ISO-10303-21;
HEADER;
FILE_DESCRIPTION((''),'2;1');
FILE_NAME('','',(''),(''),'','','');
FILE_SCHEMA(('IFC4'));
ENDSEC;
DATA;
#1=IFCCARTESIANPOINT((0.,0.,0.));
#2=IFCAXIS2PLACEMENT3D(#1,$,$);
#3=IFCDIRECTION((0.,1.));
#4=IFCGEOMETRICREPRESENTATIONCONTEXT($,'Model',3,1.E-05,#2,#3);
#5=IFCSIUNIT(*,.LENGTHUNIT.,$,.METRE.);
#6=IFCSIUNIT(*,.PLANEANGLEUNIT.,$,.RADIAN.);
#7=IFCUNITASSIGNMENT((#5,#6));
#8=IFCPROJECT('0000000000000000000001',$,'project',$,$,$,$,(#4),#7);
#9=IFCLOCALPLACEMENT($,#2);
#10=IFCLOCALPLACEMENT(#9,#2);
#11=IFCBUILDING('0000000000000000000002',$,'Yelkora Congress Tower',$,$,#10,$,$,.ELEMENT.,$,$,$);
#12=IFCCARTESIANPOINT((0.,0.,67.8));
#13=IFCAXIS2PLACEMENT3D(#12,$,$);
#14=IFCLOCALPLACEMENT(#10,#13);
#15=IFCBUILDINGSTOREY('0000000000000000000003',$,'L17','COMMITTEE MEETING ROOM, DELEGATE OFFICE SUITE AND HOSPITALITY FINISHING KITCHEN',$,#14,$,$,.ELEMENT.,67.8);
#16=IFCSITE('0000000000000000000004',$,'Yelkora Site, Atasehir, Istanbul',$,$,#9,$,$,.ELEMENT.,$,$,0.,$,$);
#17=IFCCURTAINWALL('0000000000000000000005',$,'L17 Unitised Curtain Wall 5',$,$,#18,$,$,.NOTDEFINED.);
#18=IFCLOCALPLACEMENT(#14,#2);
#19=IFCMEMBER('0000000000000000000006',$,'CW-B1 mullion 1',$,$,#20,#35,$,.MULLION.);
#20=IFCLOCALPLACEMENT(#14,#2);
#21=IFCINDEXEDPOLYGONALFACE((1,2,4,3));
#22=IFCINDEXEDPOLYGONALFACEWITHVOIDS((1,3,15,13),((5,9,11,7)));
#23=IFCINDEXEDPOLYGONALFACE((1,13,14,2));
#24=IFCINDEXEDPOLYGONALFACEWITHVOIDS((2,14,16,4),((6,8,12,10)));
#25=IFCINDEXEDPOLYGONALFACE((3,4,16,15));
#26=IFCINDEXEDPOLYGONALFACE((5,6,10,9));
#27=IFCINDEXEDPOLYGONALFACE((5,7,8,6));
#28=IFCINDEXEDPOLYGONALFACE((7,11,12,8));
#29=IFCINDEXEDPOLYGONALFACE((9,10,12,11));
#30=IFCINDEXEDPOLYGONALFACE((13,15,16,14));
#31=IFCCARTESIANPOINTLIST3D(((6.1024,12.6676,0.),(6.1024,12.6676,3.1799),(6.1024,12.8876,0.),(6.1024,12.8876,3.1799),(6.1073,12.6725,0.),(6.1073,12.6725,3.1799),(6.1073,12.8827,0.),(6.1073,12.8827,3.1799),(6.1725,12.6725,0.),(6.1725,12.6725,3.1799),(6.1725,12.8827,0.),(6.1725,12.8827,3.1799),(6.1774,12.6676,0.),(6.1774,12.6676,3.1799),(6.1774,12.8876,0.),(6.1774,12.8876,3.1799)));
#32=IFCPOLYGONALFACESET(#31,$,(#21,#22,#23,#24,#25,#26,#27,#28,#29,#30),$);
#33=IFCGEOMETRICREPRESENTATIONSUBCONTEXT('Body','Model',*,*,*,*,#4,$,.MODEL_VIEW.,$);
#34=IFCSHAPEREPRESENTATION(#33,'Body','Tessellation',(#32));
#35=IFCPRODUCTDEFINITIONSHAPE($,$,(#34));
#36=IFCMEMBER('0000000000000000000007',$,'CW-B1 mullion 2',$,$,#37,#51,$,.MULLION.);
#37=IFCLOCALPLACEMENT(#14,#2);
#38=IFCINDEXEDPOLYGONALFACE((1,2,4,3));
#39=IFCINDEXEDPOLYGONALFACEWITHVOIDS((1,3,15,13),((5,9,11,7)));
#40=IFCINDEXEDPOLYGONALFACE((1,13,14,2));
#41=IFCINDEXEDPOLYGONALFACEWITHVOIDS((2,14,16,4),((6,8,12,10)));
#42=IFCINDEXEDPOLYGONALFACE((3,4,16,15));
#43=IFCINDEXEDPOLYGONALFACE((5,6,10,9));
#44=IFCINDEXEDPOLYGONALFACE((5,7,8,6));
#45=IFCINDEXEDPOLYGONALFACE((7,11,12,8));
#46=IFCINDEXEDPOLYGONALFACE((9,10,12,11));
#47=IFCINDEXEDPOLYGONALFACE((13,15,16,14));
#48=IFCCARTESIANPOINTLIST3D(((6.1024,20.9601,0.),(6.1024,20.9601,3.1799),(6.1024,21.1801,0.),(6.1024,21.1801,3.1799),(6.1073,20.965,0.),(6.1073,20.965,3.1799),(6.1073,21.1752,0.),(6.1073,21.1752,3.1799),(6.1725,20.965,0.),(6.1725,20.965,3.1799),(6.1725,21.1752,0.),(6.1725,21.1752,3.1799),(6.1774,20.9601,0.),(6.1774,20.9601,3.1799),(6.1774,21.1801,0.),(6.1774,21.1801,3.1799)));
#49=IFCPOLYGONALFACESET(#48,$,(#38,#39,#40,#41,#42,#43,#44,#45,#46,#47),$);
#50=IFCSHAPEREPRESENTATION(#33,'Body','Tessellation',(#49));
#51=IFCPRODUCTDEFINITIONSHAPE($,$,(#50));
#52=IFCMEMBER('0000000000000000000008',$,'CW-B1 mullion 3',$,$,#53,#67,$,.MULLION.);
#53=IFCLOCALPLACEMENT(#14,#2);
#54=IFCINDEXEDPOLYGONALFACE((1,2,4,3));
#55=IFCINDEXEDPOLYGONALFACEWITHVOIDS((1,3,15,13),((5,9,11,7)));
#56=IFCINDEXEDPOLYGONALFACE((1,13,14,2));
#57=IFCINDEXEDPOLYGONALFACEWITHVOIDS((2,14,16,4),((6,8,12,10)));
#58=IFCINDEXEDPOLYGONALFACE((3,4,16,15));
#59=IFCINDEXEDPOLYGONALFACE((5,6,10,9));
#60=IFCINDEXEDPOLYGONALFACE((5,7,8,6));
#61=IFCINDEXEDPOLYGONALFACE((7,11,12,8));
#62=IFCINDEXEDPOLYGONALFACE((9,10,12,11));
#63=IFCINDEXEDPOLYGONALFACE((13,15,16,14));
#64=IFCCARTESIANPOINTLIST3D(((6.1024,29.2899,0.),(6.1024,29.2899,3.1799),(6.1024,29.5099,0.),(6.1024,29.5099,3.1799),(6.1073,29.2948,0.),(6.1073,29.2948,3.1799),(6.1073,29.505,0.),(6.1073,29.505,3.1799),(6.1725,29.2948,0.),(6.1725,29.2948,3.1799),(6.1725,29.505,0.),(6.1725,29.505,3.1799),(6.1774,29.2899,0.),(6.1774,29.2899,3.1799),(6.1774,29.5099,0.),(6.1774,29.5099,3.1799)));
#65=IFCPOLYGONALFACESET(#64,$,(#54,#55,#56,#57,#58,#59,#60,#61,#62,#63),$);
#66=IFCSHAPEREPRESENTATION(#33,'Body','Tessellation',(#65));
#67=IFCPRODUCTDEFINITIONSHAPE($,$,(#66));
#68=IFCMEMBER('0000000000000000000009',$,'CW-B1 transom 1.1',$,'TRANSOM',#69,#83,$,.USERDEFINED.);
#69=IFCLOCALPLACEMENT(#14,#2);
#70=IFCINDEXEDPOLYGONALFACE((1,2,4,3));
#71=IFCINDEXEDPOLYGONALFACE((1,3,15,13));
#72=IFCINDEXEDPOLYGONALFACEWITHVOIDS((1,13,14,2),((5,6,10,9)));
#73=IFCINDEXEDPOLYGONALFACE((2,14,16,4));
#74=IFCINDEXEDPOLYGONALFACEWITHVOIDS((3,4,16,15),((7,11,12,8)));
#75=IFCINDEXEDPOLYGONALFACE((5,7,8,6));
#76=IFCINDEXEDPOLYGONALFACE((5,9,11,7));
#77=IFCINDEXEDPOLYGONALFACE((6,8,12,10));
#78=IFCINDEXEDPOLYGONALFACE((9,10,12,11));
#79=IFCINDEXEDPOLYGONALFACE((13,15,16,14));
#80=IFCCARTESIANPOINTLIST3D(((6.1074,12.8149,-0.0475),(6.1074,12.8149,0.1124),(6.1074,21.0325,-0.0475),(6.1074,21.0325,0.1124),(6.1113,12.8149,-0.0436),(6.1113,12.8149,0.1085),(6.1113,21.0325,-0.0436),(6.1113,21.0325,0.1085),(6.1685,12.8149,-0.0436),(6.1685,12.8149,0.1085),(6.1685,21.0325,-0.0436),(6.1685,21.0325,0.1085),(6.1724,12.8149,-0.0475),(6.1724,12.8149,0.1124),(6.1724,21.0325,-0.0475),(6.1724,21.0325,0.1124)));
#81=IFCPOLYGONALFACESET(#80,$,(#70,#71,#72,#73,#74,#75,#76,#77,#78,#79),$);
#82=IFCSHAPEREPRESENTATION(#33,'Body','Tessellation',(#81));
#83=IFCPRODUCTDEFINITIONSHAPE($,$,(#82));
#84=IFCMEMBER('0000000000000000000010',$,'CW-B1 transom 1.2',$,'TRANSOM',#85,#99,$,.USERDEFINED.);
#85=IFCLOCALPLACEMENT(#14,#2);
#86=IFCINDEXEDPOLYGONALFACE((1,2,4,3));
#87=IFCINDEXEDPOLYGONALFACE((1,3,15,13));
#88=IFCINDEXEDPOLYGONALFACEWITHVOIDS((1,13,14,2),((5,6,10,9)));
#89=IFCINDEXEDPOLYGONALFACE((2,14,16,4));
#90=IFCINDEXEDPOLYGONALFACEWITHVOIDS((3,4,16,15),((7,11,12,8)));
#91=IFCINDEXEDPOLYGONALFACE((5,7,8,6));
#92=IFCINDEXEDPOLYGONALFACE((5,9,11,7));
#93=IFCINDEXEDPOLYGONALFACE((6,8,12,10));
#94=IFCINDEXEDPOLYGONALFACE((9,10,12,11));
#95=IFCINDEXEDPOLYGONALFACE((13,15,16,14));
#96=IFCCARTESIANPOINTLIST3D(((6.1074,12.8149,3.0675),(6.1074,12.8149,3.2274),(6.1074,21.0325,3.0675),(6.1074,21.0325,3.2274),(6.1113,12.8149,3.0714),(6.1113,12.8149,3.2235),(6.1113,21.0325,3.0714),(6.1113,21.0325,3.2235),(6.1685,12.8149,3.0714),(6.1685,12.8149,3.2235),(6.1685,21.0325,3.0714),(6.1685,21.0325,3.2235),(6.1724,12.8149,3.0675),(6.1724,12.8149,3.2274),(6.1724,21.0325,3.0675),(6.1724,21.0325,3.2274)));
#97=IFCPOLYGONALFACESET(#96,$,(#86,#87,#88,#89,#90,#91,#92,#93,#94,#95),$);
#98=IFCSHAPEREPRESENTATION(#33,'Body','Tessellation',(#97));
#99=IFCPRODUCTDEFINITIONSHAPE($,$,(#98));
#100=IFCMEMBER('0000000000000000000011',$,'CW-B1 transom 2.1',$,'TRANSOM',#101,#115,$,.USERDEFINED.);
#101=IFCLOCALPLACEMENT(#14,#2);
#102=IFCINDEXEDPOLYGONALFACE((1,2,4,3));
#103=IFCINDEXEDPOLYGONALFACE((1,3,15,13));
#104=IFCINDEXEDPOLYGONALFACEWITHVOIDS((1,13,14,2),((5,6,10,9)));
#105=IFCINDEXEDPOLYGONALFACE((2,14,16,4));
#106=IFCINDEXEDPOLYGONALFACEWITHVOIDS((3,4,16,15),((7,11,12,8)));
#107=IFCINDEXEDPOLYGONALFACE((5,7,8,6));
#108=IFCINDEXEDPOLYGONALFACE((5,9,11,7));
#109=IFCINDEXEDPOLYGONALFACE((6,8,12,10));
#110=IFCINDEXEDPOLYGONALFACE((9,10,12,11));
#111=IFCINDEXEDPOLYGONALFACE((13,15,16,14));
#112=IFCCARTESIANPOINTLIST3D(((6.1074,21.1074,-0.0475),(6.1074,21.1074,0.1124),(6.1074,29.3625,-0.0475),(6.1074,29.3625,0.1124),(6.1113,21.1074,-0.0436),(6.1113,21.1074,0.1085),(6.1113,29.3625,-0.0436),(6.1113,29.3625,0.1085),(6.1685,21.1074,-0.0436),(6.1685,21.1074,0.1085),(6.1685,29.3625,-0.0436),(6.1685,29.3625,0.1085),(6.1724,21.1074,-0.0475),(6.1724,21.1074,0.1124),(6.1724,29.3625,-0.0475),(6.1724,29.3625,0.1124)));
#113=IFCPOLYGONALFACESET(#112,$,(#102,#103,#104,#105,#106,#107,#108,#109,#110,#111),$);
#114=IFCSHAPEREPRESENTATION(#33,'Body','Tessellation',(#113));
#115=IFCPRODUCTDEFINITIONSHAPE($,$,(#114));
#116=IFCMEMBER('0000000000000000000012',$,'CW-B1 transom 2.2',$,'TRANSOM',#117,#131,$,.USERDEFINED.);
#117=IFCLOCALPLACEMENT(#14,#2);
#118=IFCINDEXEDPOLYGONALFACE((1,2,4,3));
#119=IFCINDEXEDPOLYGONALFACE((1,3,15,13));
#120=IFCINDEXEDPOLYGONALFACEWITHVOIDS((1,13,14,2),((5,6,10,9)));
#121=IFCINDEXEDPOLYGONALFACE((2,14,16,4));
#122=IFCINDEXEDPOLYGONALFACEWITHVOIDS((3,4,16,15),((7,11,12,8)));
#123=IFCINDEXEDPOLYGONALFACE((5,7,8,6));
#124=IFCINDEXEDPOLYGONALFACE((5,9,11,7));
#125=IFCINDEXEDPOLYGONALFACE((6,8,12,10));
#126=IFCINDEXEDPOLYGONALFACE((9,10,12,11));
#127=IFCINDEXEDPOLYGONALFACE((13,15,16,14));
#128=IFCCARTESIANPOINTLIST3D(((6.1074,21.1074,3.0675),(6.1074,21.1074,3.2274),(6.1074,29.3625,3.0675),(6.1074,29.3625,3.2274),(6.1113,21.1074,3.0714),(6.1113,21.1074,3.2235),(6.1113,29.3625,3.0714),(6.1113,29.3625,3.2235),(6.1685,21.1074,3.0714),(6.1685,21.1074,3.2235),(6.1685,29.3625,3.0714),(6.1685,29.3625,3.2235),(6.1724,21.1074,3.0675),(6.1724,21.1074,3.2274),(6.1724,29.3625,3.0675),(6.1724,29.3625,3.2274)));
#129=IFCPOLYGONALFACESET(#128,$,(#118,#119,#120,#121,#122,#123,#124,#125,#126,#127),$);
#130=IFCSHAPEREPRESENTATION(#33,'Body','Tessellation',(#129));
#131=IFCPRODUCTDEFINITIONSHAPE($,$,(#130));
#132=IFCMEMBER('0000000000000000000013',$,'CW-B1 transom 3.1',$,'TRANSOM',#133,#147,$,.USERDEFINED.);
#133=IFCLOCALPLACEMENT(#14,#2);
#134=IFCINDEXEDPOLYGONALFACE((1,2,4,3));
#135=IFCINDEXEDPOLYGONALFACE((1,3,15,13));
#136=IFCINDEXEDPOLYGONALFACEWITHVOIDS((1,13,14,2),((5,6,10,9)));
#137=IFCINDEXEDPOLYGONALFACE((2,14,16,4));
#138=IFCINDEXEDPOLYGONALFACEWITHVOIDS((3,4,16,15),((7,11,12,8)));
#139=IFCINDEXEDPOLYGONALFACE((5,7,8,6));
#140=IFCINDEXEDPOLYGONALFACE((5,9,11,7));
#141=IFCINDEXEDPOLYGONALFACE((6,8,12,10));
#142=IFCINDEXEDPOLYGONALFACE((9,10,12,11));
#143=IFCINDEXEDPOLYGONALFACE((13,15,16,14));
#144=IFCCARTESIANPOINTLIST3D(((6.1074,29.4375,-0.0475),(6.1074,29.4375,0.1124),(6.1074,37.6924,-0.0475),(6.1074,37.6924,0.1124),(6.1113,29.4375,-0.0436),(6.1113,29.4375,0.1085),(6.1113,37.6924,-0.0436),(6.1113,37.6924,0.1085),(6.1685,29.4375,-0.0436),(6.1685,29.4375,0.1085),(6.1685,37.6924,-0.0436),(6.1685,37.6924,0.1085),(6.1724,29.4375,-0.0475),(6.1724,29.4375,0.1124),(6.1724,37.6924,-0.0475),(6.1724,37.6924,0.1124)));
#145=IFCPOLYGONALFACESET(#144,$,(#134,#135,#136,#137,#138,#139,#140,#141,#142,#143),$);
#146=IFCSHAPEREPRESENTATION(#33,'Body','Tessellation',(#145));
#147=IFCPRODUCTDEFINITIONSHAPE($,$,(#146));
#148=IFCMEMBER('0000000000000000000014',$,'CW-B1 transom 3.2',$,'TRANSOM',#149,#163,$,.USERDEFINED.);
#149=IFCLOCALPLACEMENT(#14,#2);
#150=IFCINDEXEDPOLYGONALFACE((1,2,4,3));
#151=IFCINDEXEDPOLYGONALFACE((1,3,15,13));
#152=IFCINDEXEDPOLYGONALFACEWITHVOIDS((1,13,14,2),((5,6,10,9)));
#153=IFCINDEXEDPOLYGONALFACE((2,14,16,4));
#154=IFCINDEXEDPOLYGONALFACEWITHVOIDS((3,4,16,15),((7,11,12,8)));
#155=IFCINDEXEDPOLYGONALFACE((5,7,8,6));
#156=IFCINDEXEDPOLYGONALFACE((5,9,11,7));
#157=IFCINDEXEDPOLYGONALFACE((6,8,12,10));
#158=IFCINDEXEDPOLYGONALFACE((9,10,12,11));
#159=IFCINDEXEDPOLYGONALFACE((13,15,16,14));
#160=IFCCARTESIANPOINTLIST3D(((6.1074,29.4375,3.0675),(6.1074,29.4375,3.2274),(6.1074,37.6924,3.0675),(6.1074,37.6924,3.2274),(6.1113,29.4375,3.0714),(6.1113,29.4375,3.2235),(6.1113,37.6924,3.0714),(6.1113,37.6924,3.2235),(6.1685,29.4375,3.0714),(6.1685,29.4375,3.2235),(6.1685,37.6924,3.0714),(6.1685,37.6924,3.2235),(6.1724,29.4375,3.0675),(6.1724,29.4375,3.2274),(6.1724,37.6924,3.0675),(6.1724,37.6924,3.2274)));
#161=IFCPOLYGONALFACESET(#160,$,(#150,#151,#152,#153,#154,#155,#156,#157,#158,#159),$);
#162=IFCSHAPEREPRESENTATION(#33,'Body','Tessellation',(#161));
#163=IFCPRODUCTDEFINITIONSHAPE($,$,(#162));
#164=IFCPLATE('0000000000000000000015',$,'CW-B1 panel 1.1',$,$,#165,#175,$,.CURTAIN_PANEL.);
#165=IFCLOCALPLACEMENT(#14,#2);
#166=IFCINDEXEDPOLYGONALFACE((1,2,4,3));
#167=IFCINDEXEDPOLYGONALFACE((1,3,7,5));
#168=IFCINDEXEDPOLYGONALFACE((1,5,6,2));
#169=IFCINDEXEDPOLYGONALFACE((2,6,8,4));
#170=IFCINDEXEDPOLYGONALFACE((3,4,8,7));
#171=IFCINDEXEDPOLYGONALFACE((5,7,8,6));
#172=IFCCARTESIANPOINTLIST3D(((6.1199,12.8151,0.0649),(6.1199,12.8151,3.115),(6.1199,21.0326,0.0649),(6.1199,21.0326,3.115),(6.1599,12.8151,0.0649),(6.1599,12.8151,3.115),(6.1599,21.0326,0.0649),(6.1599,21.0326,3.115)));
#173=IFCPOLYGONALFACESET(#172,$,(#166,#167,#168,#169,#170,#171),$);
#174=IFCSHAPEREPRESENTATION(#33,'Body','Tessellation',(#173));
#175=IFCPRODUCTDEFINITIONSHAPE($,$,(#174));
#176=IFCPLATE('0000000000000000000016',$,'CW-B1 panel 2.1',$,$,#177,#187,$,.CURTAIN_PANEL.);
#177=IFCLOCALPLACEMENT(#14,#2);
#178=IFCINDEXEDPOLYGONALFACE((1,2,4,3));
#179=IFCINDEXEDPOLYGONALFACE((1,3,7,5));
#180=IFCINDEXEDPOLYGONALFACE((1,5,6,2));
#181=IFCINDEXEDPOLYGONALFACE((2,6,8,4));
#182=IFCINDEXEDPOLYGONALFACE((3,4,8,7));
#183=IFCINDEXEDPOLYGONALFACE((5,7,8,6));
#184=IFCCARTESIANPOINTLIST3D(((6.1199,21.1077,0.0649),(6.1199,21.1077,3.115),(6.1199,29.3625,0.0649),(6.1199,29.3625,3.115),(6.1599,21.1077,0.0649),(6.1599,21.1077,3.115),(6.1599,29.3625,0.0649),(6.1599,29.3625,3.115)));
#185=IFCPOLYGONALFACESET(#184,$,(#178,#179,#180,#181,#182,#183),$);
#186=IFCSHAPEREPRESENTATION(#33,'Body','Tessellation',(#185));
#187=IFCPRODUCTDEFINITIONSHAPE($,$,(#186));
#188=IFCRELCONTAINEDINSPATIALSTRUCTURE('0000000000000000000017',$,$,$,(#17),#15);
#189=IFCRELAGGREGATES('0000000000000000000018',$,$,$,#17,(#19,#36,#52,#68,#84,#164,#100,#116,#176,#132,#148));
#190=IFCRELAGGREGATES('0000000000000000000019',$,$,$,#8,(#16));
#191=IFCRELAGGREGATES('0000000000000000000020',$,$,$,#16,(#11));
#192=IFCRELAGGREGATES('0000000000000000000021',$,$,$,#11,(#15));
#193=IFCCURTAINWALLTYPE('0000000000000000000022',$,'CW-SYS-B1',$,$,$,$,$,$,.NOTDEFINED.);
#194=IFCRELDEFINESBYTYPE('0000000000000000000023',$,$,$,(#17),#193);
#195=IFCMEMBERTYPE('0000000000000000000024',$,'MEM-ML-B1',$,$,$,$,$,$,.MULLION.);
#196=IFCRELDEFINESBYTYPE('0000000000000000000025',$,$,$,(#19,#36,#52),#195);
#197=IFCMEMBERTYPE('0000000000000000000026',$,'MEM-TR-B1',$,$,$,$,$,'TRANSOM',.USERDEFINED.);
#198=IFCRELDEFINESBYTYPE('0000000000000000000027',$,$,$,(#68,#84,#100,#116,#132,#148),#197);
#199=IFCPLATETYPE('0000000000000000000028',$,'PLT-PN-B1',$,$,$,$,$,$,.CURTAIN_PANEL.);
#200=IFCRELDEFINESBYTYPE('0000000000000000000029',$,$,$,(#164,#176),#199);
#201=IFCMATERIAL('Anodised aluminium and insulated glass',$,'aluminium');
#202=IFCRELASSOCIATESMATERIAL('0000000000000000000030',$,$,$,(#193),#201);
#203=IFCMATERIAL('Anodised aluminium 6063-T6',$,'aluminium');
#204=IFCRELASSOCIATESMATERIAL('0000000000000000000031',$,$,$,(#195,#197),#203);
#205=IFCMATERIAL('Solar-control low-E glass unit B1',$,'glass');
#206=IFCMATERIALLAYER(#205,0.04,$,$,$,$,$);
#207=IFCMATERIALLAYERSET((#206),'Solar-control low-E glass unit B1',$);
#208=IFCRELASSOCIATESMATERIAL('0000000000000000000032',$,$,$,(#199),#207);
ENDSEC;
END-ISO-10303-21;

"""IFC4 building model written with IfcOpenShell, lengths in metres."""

from ifc_helpers import new_model, si_unit, direction, frame, origin, origin_2d, place, context, subcontext, project, spatial, rectangle, hollow_rectangle, extrude, material, layer, layer_set, material_profile, profile_set, type_object, element, aggregate, save


model = new_model("IFC4")

# Units and contexts
model_context = context("Model", 3, precision=1e-05, world=origin(), true_north=direction((0.0, 1.0)))
body_context = subcontext(model_context, "Body", "Model", "MODEL_VIEW")
ifc_project = project(units=[si_unit("LENGTHUNIT", "METRE"), si_unit("PLANEANGLEUNIT", "RADIAN")], contexts=[model_context])

# Site, building, storey
site_placement = place(None, origin())
site = spatial("IfcSite", under=ifc_project, at=site_placement, Name="Yelkora Site, Atasehir, Istanbul", CompositionType="ELEMENT", RefElevation=0.0)
building_placement = place(site_placement, origin())
building = spatial("IfcBuilding", under=site, at=building_placement, Name="Yelkora Congress Tower", CompositionType="ELEMENT")
storey_placement = place(building_placement, frame((0.0, 0.0, 67.8)))
storey = spatial("IfcBuildingStorey", under=building, at=storey_placement, Name="L17", Description="COMMITTEE MEETING ROOM, DELEGATE OFFICE SUITE AND HOSPITALITY FINISHING KITCHEN", CompositionType="ELEMENT", Elevation=67.8)

# Curtain wall, members, plates
ifc_material_1 = material(Name="Anodised aluminium and insulated glass", Category="aluminium")
curtain_wall_type = type_object("IfcCurtainWallType", Name="CW-SYS-B1", PredefinedType="NOTDEFINED", material=ifc_material_1)
curtain_wall_placement = place(storey_placement, origin())
curtain_wall = element("IfcCurtainWall", 1, at=curtain_wall_placement, inside=storey, type_object=curtain_wall_type, Name="L17 Unitised Curtain Wall 5", PredefinedType="NOTDEFINED")
ifc_material_2 = material(Name="Anodised aluminium 6063-T6", Category="aluminium")
ifc_material_profile_1 = material_profile(ifc_material_2, hollow_rectangle(XDim=0.075, YDim=0.22, WallThickness=0.0049, at=origin_2d()), Name="ALU 75x220x5")
ifc_profile_set_1 = profile_set([ifc_material_profile_1], Name="Anodised aluminium 6063-T6")
member_type_1 = type_object("IfcMemberType", Name="MEM-ML-B1", PredefinedType="MULLION", material=ifc_profile_set_1)
member_1_placement = place(storey_placement, frame((6.1399, 12.7776, 0.0), z_axis=(0.0, 0.0, 1.0), x_axis=(-1.0, 0.0, 0.0)))
member_1 = element("IfcMember", 2, at=member_1_placement, type_object=member_type_1, Name="CW-B1 mullion 1", PredefinedType="MULLION", context=body_context, shape_type="SweptSolid", body=[
    extrude(hollow_rectangle(XDim=0.075, YDim=0.22, WallThickness=0.0049, at=origin_2d()), origin(), (0.0, 0.0, 1.0), 3.1799),
])
member_2_placement = place(storey_placement, frame((6.1399, 21.0701, 0.0), z_axis=(0.0, 0.0, 1.0), x_axis=(-1.0, 0.0, 0.0)))
member_2 = element("IfcMember", 3, at=member_2_placement, type_object=member_type_1, Name="CW-B1 mullion 2", PredefinedType="MULLION", context=body_context, shape_type="SweptSolid", body=[
    extrude(hollow_rectangle(XDim=0.075, YDim=0.22, WallThickness=0.0049, at=origin_2d()), origin(), (0.0, 0.0, 1.0), 3.1799),
])
member_3_placement = place(storey_placement, frame((6.1399, 29.3999, 0.0), z_axis=(0.0, 0.0, 1.0), x_axis=(-1.0, 0.0, 0.0)))
member_3 = element("IfcMember", 4, at=member_3_placement, type_object=member_type_1, Name="CW-B1 mullion 3", PredefinedType="MULLION", context=body_context, shape_type="SweptSolid", body=[
    extrude(hollow_rectangle(XDim=0.075, YDim=0.22, WallThickness=0.0049, at=origin_2d()), origin(), (0.0, 0.0, 1.0), 3.1799),
])
ifc_material_profile_2 = material_profile(ifc_material_2, hollow_rectangle(XDim=0.0649, YDim=0.1599, WallThickness=0.0039, at=origin_2d()), Name="ALU 65x160x4")
ifc_profile_set_2 = profile_set([ifc_material_profile_2], Name="Anodised aluminium 6063-T6")
member_type_2 = type_object("IfcMemberType", Name="MEM-TR-B1", ElementType="TRANSOM", PredefinedType="USERDEFINED", material=ifc_profile_set_2)
member_4_placement = place(storey_placement, frame((6.1399, 12.8149, 0.0325), z_axis=(0.0, 1.0, 0.0), x_axis=(-1.0, 0.0, 0.0)))
member_4 = element("IfcMember", 5, at=member_4_placement, type_object=member_type_2, Name="CW-B1 transom 1.1", ObjectType="TRANSOM", PredefinedType="USERDEFINED", context=body_context, shape_type="SweptSolid", body=[
    extrude(hollow_rectangle(XDim=0.0649, YDim=0.1599, WallThickness=0.0039, at=origin_2d()), origin(), (0.0, 0.0, 1.0), 8.2175),
])
member_5_placement = place(storey_placement, frame((6.1399, 12.8149, 3.1475), z_axis=(0.0, 1.0, 0.0), x_axis=(-1.0, 0.0, 0.0)))
member_5 = element("IfcMember", 6, at=member_5_placement, type_object=member_type_2, Name="CW-B1 transom 1.2", ObjectType="TRANSOM", PredefinedType="USERDEFINED", context=body_context, shape_type="SweptSolid", body=[
    extrude(hollow_rectangle(XDim=0.0649, YDim=0.1599, WallThickness=0.0039, at=origin_2d()), origin(), (0.0, 0.0, 1.0), 8.2175),
])
member_6_placement = place(storey_placement, frame((6.1399, 21.1074, 0.0325), z_axis=(0.0, 1.0, 0.0), x_axis=(-1.0, 0.0, 0.0)))
member_6 = element("IfcMember", 7, at=member_6_placement, type_object=member_type_2, Name="CW-B1 transom 2.1", ObjectType="TRANSOM", PredefinedType="USERDEFINED", context=body_context, shape_type="SweptSolid", body=[
    extrude(hollow_rectangle(XDim=0.0649, YDim=0.1599, WallThickness=0.0039, at=origin_2d()), origin(), (0.0, 0.0, 1.0), 8.2551),
])
member_7_placement = place(storey_placement, frame((6.1399, 21.1074, 3.1475), z_axis=(0.0, 1.0, 0.0), x_axis=(-1.0, 0.0, 0.0)))
member_7 = element("IfcMember", 8, at=member_7_placement, type_object=member_type_2, Name="CW-B1 transom 2.2", ObjectType="TRANSOM", PredefinedType="USERDEFINED", context=body_context, shape_type="SweptSolid", body=[
    extrude(hollow_rectangle(XDim=0.0649, YDim=0.1599, WallThickness=0.0039, at=origin_2d()), origin(), (0.0, 0.0, 1.0), 8.2551),
])
member_8_placement = place(storey_placement, frame((6.1399, 29.4375, 0.0325), z_axis=(0.0, 1.0, 0.0), x_axis=(-1.0, 0.0, 0.0)))
member_8 = element("IfcMember", 9, at=member_8_placement, type_object=member_type_2, Name="CW-B1 transom 3.1", ObjectType="TRANSOM", PredefinedType="USERDEFINED", context=body_context, shape_type="SweptSolid", body=[
    extrude(hollow_rectangle(XDim=0.0649, YDim=0.1599, WallThickness=0.0039, at=origin_2d()), origin(), (0.0, 0.0, 1.0), 8.2549),
])
member_9_placement = place(storey_placement, frame((6.1399, 29.4375, 3.1475), z_axis=(0.0, 1.0, 0.0), x_axis=(-1.0, 0.0, 0.0)))
member_9 = element("IfcMember", 10, at=member_9_placement, type_object=member_type_2, Name="CW-B1 transom 3.2", ObjectType="TRANSOM", PredefinedType="USERDEFINED", context=body_context, shape_type="SweptSolid", body=[
    extrude(hollow_rectangle(XDim=0.0649, YDim=0.1599, WallThickness=0.0039, at=origin_2d()), origin(), (0.0, 0.0, 1.0), 8.2549),
])
ifc_material_3 = material(Name="Solar-control low-E glass unit B1", Category="glass")
ifc_layer_1 = layer(ifc_material_3, 0.04)
ifc_layer_set_1 = layer_set([ifc_layer_1], Name="Solar-control low-E glass unit B1")
plate_type = type_object("IfcPlateType", Name="PLT-PN-B1", PredefinedType="CURTAIN_PANEL", material=ifc_layer_set_1)
plate_1_placement = place(storey_placement, frame((6.1399, 16.9238, 0.0649), z_axis=(0.0, 0.0, 1.0), x_axis=(0.0, 1.0, 0.0)))
plate_1 = element("IfcPlate", 11, at=plate_1_placement, type_object=plate_type, Name="CW-B1 panel 1.1", PredefinedType="CURTAIN_PANEL", context=body_context, shape_type="SweptSolid", body=[
    extrude(rectangle(XDim=8.2175, YDim=0.04, at=origin_2d()), origin(), (0.0, 0.0, 1.0), 3.05),
])
plate_2_placement = place(storey_placement, frame((6.1399, 25.2351, 0.0649), z_axis=(0.0, 0.0, 1.0), x_axis=(0.0, 1.0, 0.0)))
plate_2 = element("IfcPlate", 12, at=plate_2_placement, type_object=plate_type, Name="CW-B1 panel 2.1", PredefinedType="CURTAIN_PANEL", context=body_context, shape_type="SweptSolid", body=[
    extrude(rectangle(XDim=8.2549, YDim=0.04, at=origin_2d()), origin(), (0.0, 0.0, 1.0), 3.05),
])
aggregate(curtain_wall, [member_1, member_2, member_3, member_4, member_5, plate_1, member_6, member_7, plate_2, member_8, member_9])

save(model, "model.ifc")
